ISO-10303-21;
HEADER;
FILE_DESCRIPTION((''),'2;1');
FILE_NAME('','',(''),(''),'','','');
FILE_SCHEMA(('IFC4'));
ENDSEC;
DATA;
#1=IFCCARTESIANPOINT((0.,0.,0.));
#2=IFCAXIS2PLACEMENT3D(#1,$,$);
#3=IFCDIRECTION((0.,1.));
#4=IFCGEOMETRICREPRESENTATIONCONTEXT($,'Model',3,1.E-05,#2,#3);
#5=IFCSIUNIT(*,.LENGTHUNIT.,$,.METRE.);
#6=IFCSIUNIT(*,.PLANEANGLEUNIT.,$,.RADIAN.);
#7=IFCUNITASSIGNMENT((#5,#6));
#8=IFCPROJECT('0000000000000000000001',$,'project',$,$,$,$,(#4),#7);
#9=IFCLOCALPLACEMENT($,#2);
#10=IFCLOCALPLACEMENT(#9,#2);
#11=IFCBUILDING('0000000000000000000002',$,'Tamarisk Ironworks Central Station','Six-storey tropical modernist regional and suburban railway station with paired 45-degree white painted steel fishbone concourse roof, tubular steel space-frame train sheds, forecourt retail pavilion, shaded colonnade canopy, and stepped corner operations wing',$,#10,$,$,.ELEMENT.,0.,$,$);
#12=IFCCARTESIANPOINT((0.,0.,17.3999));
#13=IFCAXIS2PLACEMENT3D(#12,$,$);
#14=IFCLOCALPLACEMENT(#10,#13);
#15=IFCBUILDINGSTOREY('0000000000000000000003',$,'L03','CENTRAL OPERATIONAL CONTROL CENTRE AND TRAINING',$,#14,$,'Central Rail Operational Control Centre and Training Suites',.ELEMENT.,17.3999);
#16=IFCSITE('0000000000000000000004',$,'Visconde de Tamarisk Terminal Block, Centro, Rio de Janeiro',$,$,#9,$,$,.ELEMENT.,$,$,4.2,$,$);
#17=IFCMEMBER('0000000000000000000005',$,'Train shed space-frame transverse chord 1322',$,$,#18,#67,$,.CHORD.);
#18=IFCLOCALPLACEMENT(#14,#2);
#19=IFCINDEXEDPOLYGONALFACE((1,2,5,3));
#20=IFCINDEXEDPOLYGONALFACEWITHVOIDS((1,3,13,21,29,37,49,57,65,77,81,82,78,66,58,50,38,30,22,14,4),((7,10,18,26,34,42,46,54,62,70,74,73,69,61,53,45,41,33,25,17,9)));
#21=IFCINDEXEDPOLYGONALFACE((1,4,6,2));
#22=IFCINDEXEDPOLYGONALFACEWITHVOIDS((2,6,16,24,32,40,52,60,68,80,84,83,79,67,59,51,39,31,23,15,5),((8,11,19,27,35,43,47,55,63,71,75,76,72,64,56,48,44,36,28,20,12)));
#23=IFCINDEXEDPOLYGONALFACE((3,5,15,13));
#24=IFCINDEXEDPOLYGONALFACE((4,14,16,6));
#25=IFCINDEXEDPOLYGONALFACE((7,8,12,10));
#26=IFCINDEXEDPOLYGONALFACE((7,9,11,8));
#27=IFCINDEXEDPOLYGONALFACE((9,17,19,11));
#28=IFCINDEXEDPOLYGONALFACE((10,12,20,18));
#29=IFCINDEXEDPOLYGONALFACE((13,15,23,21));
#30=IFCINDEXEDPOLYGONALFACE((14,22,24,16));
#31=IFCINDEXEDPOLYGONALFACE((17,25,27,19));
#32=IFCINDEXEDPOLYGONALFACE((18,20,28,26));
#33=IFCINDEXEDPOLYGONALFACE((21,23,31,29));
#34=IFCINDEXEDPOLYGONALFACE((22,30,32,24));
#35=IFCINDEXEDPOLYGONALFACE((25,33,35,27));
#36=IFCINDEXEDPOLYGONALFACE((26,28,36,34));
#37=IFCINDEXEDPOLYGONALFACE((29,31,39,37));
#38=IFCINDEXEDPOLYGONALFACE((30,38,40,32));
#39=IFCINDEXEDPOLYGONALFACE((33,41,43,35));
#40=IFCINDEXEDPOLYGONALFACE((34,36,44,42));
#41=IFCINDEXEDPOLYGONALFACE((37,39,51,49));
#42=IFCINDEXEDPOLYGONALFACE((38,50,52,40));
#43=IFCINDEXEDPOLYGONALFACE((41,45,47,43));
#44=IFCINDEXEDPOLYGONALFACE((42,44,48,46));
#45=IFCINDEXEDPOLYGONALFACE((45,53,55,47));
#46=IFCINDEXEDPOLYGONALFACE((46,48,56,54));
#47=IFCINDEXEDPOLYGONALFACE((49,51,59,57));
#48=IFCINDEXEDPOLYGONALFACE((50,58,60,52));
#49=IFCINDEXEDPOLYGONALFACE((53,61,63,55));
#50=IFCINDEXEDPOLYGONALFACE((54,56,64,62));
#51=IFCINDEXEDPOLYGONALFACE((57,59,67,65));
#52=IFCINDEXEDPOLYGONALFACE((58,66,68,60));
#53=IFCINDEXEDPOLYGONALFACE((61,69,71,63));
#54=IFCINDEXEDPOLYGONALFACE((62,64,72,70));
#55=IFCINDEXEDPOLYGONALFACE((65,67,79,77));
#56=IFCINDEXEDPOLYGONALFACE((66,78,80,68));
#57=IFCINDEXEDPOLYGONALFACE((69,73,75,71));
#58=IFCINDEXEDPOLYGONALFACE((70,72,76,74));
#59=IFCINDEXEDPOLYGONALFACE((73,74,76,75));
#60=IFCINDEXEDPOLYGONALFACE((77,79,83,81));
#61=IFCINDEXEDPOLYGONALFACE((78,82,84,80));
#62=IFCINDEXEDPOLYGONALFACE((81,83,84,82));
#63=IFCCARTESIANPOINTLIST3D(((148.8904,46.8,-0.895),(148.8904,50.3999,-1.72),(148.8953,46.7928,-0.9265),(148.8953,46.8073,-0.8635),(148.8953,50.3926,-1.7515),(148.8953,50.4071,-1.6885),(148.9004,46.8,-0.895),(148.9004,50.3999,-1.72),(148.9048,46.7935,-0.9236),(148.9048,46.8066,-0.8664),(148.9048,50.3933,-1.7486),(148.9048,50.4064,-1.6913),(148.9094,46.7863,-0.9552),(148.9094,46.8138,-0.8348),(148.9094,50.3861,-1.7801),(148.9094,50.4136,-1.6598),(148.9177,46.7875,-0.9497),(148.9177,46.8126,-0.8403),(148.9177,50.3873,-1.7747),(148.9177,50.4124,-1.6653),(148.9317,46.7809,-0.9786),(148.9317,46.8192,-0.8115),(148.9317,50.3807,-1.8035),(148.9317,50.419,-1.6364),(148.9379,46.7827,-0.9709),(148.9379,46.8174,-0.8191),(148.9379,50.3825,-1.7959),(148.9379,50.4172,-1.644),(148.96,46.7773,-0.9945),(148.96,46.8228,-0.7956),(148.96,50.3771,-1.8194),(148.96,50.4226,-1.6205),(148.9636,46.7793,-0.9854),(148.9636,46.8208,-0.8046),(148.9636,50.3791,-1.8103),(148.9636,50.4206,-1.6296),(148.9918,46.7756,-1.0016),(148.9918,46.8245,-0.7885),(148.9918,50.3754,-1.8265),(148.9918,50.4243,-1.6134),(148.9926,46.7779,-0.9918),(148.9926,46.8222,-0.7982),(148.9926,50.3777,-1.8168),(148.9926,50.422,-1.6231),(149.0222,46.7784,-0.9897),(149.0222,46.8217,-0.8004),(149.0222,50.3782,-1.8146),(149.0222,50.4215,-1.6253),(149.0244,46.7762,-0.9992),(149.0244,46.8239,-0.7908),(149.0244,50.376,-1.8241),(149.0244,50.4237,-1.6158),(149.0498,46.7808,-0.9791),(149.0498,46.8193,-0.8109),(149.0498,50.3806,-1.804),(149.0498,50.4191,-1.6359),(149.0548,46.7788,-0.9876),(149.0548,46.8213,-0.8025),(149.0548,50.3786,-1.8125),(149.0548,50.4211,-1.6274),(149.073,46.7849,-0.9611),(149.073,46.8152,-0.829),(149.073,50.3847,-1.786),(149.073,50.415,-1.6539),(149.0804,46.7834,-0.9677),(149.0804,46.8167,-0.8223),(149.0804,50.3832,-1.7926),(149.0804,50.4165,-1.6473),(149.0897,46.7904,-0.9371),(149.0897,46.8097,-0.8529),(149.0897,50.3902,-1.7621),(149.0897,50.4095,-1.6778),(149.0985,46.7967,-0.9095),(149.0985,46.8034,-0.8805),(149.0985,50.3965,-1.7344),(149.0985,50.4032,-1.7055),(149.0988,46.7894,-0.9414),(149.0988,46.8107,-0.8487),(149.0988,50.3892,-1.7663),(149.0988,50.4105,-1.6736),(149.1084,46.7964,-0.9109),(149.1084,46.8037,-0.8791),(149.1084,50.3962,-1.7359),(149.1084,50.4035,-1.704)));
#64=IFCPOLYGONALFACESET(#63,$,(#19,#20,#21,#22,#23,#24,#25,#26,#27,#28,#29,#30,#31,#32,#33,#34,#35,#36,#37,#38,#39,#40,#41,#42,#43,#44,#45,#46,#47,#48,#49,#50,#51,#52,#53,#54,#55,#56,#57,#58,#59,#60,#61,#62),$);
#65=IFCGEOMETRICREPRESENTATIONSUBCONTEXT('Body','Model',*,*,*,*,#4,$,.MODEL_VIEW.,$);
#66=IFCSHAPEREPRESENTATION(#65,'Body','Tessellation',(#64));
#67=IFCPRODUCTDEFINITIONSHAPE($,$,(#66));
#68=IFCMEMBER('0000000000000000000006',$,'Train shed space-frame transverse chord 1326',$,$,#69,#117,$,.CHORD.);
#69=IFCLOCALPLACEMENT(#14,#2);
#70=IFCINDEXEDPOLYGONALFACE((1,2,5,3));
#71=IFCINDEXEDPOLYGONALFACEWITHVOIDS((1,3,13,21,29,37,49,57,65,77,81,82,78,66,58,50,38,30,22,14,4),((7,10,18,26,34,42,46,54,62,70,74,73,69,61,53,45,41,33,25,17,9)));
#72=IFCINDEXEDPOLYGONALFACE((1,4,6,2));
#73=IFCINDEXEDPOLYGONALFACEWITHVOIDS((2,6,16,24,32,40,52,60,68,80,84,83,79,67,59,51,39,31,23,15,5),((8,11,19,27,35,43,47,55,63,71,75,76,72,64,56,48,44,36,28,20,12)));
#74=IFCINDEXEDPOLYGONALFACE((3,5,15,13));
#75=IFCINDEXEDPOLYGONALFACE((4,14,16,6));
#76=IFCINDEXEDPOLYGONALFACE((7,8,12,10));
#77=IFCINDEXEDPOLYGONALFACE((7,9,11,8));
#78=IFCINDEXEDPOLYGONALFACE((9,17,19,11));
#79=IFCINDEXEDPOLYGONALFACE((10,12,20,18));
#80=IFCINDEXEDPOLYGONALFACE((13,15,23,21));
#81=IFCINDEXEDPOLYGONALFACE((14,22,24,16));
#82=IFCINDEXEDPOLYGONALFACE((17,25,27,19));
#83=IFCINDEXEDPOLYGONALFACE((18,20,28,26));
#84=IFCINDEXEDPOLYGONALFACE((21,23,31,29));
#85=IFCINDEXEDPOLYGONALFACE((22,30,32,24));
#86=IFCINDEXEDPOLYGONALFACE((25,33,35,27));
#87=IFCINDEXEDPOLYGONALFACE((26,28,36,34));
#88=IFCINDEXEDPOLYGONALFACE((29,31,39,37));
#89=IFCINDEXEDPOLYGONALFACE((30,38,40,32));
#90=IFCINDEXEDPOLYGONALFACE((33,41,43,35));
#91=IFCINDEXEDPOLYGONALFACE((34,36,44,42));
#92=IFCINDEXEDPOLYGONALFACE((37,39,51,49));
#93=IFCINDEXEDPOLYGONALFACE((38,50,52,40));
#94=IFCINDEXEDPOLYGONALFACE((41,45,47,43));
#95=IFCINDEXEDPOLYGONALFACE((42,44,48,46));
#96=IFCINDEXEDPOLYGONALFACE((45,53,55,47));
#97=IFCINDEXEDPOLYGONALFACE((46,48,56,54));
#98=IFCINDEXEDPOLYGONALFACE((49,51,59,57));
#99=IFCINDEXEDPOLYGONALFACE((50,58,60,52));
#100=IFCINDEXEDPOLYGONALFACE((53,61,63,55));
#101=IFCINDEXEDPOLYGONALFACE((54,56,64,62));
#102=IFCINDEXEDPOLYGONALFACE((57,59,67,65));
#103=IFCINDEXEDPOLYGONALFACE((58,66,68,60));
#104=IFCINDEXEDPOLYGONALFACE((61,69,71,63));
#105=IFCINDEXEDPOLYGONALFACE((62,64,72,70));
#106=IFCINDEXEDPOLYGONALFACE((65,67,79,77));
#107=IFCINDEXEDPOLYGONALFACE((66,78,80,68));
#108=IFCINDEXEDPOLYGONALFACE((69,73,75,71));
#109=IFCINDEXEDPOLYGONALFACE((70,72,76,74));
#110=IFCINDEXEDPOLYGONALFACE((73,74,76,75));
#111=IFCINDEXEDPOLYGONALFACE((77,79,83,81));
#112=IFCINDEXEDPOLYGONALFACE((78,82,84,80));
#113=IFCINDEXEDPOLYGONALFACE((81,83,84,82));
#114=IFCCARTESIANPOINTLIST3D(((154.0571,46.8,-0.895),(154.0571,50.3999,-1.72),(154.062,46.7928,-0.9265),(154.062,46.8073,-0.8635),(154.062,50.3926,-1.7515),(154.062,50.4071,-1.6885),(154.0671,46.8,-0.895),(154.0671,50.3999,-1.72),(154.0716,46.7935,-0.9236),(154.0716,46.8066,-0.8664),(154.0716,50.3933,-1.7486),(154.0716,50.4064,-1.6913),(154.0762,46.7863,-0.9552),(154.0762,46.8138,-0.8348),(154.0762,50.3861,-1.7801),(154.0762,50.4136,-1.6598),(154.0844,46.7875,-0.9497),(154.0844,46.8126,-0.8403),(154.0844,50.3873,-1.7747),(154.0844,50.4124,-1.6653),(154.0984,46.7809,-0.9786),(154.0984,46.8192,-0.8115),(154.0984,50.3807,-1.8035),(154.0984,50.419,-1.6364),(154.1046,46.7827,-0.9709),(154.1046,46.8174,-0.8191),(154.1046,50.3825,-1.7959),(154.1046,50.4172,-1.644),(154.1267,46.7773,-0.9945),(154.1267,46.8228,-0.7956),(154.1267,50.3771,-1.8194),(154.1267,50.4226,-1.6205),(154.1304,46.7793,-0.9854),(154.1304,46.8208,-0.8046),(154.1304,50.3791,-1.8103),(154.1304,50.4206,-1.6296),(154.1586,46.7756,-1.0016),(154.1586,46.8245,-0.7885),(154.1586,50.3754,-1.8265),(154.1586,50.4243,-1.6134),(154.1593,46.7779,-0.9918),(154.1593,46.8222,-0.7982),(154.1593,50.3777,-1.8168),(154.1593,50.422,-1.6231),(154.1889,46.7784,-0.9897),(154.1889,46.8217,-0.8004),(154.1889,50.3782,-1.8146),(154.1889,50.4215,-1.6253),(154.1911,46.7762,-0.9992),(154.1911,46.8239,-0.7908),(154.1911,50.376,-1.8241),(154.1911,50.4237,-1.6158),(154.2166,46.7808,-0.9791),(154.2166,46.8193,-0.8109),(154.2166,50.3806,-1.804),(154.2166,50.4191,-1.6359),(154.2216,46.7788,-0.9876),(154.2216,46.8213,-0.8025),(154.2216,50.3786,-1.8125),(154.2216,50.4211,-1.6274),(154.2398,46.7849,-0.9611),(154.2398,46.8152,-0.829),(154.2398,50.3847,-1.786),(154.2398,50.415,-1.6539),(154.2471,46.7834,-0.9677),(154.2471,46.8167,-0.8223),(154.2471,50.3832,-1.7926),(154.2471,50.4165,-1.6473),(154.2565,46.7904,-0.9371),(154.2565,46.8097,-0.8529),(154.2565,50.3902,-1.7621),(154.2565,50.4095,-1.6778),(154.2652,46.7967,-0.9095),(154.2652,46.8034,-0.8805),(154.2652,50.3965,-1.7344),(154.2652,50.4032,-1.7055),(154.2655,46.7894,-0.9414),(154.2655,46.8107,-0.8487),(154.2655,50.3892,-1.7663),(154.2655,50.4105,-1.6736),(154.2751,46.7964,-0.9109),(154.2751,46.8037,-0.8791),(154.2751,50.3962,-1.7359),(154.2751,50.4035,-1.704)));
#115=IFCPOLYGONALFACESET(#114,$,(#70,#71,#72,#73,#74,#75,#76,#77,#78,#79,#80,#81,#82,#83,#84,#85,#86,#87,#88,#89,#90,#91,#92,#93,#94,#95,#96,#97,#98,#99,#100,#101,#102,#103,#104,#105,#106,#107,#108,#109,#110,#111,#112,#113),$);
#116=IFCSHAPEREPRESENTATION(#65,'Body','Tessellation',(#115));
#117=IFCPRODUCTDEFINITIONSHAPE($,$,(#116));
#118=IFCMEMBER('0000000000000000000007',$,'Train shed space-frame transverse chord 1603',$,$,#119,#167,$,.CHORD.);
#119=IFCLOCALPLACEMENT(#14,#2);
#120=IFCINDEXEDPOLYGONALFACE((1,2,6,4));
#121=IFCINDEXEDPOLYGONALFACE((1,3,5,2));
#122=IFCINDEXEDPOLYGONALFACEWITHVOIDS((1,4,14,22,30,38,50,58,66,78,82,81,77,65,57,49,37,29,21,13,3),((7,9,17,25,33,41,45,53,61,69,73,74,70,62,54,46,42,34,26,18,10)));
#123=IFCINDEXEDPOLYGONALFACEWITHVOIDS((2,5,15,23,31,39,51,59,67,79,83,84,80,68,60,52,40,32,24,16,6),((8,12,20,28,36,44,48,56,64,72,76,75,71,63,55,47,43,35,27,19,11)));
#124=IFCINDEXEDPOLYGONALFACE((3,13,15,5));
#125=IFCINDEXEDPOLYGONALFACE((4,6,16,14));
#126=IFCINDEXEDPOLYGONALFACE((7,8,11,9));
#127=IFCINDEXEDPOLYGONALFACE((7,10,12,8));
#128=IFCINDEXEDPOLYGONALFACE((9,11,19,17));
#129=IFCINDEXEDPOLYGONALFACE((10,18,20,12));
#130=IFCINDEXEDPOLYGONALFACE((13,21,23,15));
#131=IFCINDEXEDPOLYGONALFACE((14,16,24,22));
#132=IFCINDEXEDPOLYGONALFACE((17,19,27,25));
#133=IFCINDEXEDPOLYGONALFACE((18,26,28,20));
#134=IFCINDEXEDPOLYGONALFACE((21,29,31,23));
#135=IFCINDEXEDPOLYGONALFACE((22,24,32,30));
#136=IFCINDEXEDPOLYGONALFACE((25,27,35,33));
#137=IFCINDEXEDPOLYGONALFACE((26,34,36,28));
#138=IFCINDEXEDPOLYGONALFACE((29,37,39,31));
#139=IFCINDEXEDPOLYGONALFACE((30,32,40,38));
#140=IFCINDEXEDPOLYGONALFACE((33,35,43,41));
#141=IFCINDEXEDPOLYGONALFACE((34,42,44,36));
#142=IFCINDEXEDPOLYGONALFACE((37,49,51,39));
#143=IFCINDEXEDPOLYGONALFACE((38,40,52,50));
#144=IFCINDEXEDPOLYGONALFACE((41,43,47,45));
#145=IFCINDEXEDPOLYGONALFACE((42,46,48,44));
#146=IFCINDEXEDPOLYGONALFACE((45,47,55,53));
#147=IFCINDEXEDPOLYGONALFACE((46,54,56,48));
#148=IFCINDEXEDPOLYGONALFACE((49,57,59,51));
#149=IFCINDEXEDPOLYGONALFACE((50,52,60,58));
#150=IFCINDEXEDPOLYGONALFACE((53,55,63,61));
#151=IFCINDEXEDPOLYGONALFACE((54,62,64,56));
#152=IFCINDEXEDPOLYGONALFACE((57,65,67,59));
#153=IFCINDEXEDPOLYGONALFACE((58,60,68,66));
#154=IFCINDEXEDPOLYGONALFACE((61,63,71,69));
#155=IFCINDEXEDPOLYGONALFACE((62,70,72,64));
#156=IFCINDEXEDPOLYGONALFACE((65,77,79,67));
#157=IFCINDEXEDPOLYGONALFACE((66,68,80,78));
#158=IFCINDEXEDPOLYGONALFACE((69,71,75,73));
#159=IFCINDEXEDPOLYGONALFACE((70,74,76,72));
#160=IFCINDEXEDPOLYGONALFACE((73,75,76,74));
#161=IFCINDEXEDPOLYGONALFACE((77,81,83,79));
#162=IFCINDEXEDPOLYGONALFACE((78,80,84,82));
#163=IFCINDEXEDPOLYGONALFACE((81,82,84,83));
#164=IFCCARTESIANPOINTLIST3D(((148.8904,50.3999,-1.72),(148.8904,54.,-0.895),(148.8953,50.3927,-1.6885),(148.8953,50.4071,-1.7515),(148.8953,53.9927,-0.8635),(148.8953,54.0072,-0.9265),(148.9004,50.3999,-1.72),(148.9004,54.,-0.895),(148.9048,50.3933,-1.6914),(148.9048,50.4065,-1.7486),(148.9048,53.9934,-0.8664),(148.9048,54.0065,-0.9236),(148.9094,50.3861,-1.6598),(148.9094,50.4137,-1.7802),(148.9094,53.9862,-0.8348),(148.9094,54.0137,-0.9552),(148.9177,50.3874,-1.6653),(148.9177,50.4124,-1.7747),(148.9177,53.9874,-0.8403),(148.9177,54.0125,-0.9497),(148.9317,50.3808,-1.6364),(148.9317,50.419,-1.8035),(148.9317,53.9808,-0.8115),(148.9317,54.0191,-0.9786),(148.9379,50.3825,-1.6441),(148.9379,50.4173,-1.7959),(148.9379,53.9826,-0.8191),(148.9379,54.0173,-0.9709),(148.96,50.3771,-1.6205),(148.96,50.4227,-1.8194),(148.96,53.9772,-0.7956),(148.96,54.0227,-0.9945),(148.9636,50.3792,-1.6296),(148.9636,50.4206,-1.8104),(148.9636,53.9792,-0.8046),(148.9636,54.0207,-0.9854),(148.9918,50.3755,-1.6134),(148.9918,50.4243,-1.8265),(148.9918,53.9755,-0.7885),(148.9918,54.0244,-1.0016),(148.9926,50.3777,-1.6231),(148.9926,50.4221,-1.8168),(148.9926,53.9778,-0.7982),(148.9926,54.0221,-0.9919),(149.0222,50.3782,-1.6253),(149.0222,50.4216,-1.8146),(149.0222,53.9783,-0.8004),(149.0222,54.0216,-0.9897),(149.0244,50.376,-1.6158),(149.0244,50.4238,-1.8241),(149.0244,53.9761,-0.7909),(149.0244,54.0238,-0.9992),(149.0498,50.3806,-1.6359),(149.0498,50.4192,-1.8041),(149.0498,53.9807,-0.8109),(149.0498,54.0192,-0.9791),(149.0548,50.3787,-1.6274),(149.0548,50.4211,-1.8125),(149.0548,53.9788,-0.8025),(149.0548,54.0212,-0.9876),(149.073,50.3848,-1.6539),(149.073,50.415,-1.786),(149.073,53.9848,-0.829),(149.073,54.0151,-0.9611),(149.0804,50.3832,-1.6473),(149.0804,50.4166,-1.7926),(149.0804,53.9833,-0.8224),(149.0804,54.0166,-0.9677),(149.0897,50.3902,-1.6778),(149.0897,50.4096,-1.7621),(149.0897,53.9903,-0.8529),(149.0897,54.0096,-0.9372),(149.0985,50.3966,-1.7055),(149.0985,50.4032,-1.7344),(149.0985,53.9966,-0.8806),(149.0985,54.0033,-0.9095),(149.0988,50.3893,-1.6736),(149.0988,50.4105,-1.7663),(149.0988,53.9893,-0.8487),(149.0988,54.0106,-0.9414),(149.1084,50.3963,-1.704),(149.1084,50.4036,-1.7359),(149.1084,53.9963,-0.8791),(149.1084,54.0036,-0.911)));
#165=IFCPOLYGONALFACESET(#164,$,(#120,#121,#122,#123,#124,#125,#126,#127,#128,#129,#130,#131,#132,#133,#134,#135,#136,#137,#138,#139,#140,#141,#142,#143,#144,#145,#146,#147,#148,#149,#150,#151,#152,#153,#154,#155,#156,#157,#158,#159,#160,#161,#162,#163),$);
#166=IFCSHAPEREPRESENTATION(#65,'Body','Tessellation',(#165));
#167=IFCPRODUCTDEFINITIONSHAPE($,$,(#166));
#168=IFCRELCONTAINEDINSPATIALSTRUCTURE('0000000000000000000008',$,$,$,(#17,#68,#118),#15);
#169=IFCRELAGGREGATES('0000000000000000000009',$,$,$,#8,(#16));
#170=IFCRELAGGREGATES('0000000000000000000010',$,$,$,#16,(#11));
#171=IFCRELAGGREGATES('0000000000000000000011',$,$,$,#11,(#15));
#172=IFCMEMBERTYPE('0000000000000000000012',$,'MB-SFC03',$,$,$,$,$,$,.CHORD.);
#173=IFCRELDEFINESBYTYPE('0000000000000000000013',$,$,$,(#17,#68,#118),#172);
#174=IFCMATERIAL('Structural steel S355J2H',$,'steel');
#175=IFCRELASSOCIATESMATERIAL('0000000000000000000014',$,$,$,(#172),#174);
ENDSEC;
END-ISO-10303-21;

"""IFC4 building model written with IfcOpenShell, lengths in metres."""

from ifc_helpers import new_model, si_unit, direction, frame, origin, origin_2d, place, context, subcontext, project, spatial, hollow_circle, extrude, material, material_profile, profile_set, type_object, element, save


model = new_model("IFC4")

# Units and contexts
model_context = context("Model", 3, precision=1e-05, world=origin(), true_north=direction((0.0, 1.0)))
body_context = subcontext(model_context, "Body", "Model", "MODEL_VIEW")
ifc_project = project(units=[si_unit("LENGTHUNIT", "METRE"), si_unit("PLANEANGLEUNIT", "RADIAN")], contexts=[model_context])

# Site, building, storey
site_placement = place(None, origin())
site = spatial("IfcSite", under=ifc_project, at=site_placement, Name="Visconde de Tamarisk Terminal Block, Centro, Rio de Janeiro", CompositionType="ELEMENT", RefElevation=4.2)
building_placement = place(site_placement, origin())
building = spatial("IfcBuilding", under=site, at=building_placement, Name="Tamarisk Ironworks Central Station", Description="Six-storey tropical modernist regional and suburban railway station with paired 45-degree white painted steel fishbone concourse roof, tubular steel space-frame train sheds, forecourt retail pavilion, shaded colonnade canopy, and stepped corner operations wing", CompositionType="ELEMENT", ElevationOfRefHeight=0.0)
storey_placement = place(building_placement, frame((0.0, 0.0, 17.3999)))
storey = spatial("IfcBuildingStorey", under=building, at=storey_placement, Name="L03", Description="CENTRAL OPERATIONAL CONTROL CENTRE AND TRAINING", LongName="Central Rail Operational Control Centre and Training Suites", CompositionType="ELEMENT", Elevation=17.3999)

# Members
ifc_material_1 = material(Name="Structural steel S355J2H", Category="steel")
ifc_material_profile_1 = material_profile(ifc_material_1, hollow_circle(Radius=0.1096, WallThickness=0.01, at=origin_2d()), Name="CHS 219.1x10")
ifc_profile_set_1 = profile_set([ifc_material_profile_1], Name="Structural steel S355J2H")
member_type_1 = type_object("IfcMemberType", Name="MB-SFC03", PredefinedType="CHORD", material=ifc_profile_set_1)
for number, where, z_axis, x_axis, name in (
    (1, (149.0, 46.8, -0.895), (0.0, 0.974733, -0.223372), (-1.0, 0.0, 0.0), "Train shed space-frame transverse chord 1322"),
    (2, (154.1667, 46.8, -0.895), (0.0, 0.974733, -0.223372), (-1.0, 0.0, 0.0), "Train shed space-frame transverse chord 1326"),
):
    element("IfcMember", number, at=place(storey_placement, frame(where, z_axis=z_axis, x_axis=x_axis)), inside=storey, type_object=member_type_1, Name=name, PredefinedType="CHORD", context=body_context, shape_type="SweptSolid", body=[
        extrude(hollow_circle(Radius=0.1096, WallThickness=0.01, at=origin_2d()), origin(), (0.0, 0.0, 1.0), 3.6931),
    ])
for number, where, z_axis, x_axis, name in (
    (3, (149.0, 50.3999, -1.72), (0.0, 0.974737, 0.223358), (-1.0, 0.0, 0.0), "Train shed space-frame transverse chord 1603"),
):
    element("IfcMember", number, at=place(storey_placement, frame(where, z_axis=z_axis, x_axis=x_axis)), inside=storey, type_object=member_type_1, Name=name, PredefinedType="CHORD", context=body_context, shape_type="SweptSolid", body=[
        extrude(hollow_circle(Radius=0.1096, WallThickness=0.01, at=origin_2d()), origin(), (0.0, 0.0, 1.0), 3.6934),
    ])

save(model, "model.ifc")
